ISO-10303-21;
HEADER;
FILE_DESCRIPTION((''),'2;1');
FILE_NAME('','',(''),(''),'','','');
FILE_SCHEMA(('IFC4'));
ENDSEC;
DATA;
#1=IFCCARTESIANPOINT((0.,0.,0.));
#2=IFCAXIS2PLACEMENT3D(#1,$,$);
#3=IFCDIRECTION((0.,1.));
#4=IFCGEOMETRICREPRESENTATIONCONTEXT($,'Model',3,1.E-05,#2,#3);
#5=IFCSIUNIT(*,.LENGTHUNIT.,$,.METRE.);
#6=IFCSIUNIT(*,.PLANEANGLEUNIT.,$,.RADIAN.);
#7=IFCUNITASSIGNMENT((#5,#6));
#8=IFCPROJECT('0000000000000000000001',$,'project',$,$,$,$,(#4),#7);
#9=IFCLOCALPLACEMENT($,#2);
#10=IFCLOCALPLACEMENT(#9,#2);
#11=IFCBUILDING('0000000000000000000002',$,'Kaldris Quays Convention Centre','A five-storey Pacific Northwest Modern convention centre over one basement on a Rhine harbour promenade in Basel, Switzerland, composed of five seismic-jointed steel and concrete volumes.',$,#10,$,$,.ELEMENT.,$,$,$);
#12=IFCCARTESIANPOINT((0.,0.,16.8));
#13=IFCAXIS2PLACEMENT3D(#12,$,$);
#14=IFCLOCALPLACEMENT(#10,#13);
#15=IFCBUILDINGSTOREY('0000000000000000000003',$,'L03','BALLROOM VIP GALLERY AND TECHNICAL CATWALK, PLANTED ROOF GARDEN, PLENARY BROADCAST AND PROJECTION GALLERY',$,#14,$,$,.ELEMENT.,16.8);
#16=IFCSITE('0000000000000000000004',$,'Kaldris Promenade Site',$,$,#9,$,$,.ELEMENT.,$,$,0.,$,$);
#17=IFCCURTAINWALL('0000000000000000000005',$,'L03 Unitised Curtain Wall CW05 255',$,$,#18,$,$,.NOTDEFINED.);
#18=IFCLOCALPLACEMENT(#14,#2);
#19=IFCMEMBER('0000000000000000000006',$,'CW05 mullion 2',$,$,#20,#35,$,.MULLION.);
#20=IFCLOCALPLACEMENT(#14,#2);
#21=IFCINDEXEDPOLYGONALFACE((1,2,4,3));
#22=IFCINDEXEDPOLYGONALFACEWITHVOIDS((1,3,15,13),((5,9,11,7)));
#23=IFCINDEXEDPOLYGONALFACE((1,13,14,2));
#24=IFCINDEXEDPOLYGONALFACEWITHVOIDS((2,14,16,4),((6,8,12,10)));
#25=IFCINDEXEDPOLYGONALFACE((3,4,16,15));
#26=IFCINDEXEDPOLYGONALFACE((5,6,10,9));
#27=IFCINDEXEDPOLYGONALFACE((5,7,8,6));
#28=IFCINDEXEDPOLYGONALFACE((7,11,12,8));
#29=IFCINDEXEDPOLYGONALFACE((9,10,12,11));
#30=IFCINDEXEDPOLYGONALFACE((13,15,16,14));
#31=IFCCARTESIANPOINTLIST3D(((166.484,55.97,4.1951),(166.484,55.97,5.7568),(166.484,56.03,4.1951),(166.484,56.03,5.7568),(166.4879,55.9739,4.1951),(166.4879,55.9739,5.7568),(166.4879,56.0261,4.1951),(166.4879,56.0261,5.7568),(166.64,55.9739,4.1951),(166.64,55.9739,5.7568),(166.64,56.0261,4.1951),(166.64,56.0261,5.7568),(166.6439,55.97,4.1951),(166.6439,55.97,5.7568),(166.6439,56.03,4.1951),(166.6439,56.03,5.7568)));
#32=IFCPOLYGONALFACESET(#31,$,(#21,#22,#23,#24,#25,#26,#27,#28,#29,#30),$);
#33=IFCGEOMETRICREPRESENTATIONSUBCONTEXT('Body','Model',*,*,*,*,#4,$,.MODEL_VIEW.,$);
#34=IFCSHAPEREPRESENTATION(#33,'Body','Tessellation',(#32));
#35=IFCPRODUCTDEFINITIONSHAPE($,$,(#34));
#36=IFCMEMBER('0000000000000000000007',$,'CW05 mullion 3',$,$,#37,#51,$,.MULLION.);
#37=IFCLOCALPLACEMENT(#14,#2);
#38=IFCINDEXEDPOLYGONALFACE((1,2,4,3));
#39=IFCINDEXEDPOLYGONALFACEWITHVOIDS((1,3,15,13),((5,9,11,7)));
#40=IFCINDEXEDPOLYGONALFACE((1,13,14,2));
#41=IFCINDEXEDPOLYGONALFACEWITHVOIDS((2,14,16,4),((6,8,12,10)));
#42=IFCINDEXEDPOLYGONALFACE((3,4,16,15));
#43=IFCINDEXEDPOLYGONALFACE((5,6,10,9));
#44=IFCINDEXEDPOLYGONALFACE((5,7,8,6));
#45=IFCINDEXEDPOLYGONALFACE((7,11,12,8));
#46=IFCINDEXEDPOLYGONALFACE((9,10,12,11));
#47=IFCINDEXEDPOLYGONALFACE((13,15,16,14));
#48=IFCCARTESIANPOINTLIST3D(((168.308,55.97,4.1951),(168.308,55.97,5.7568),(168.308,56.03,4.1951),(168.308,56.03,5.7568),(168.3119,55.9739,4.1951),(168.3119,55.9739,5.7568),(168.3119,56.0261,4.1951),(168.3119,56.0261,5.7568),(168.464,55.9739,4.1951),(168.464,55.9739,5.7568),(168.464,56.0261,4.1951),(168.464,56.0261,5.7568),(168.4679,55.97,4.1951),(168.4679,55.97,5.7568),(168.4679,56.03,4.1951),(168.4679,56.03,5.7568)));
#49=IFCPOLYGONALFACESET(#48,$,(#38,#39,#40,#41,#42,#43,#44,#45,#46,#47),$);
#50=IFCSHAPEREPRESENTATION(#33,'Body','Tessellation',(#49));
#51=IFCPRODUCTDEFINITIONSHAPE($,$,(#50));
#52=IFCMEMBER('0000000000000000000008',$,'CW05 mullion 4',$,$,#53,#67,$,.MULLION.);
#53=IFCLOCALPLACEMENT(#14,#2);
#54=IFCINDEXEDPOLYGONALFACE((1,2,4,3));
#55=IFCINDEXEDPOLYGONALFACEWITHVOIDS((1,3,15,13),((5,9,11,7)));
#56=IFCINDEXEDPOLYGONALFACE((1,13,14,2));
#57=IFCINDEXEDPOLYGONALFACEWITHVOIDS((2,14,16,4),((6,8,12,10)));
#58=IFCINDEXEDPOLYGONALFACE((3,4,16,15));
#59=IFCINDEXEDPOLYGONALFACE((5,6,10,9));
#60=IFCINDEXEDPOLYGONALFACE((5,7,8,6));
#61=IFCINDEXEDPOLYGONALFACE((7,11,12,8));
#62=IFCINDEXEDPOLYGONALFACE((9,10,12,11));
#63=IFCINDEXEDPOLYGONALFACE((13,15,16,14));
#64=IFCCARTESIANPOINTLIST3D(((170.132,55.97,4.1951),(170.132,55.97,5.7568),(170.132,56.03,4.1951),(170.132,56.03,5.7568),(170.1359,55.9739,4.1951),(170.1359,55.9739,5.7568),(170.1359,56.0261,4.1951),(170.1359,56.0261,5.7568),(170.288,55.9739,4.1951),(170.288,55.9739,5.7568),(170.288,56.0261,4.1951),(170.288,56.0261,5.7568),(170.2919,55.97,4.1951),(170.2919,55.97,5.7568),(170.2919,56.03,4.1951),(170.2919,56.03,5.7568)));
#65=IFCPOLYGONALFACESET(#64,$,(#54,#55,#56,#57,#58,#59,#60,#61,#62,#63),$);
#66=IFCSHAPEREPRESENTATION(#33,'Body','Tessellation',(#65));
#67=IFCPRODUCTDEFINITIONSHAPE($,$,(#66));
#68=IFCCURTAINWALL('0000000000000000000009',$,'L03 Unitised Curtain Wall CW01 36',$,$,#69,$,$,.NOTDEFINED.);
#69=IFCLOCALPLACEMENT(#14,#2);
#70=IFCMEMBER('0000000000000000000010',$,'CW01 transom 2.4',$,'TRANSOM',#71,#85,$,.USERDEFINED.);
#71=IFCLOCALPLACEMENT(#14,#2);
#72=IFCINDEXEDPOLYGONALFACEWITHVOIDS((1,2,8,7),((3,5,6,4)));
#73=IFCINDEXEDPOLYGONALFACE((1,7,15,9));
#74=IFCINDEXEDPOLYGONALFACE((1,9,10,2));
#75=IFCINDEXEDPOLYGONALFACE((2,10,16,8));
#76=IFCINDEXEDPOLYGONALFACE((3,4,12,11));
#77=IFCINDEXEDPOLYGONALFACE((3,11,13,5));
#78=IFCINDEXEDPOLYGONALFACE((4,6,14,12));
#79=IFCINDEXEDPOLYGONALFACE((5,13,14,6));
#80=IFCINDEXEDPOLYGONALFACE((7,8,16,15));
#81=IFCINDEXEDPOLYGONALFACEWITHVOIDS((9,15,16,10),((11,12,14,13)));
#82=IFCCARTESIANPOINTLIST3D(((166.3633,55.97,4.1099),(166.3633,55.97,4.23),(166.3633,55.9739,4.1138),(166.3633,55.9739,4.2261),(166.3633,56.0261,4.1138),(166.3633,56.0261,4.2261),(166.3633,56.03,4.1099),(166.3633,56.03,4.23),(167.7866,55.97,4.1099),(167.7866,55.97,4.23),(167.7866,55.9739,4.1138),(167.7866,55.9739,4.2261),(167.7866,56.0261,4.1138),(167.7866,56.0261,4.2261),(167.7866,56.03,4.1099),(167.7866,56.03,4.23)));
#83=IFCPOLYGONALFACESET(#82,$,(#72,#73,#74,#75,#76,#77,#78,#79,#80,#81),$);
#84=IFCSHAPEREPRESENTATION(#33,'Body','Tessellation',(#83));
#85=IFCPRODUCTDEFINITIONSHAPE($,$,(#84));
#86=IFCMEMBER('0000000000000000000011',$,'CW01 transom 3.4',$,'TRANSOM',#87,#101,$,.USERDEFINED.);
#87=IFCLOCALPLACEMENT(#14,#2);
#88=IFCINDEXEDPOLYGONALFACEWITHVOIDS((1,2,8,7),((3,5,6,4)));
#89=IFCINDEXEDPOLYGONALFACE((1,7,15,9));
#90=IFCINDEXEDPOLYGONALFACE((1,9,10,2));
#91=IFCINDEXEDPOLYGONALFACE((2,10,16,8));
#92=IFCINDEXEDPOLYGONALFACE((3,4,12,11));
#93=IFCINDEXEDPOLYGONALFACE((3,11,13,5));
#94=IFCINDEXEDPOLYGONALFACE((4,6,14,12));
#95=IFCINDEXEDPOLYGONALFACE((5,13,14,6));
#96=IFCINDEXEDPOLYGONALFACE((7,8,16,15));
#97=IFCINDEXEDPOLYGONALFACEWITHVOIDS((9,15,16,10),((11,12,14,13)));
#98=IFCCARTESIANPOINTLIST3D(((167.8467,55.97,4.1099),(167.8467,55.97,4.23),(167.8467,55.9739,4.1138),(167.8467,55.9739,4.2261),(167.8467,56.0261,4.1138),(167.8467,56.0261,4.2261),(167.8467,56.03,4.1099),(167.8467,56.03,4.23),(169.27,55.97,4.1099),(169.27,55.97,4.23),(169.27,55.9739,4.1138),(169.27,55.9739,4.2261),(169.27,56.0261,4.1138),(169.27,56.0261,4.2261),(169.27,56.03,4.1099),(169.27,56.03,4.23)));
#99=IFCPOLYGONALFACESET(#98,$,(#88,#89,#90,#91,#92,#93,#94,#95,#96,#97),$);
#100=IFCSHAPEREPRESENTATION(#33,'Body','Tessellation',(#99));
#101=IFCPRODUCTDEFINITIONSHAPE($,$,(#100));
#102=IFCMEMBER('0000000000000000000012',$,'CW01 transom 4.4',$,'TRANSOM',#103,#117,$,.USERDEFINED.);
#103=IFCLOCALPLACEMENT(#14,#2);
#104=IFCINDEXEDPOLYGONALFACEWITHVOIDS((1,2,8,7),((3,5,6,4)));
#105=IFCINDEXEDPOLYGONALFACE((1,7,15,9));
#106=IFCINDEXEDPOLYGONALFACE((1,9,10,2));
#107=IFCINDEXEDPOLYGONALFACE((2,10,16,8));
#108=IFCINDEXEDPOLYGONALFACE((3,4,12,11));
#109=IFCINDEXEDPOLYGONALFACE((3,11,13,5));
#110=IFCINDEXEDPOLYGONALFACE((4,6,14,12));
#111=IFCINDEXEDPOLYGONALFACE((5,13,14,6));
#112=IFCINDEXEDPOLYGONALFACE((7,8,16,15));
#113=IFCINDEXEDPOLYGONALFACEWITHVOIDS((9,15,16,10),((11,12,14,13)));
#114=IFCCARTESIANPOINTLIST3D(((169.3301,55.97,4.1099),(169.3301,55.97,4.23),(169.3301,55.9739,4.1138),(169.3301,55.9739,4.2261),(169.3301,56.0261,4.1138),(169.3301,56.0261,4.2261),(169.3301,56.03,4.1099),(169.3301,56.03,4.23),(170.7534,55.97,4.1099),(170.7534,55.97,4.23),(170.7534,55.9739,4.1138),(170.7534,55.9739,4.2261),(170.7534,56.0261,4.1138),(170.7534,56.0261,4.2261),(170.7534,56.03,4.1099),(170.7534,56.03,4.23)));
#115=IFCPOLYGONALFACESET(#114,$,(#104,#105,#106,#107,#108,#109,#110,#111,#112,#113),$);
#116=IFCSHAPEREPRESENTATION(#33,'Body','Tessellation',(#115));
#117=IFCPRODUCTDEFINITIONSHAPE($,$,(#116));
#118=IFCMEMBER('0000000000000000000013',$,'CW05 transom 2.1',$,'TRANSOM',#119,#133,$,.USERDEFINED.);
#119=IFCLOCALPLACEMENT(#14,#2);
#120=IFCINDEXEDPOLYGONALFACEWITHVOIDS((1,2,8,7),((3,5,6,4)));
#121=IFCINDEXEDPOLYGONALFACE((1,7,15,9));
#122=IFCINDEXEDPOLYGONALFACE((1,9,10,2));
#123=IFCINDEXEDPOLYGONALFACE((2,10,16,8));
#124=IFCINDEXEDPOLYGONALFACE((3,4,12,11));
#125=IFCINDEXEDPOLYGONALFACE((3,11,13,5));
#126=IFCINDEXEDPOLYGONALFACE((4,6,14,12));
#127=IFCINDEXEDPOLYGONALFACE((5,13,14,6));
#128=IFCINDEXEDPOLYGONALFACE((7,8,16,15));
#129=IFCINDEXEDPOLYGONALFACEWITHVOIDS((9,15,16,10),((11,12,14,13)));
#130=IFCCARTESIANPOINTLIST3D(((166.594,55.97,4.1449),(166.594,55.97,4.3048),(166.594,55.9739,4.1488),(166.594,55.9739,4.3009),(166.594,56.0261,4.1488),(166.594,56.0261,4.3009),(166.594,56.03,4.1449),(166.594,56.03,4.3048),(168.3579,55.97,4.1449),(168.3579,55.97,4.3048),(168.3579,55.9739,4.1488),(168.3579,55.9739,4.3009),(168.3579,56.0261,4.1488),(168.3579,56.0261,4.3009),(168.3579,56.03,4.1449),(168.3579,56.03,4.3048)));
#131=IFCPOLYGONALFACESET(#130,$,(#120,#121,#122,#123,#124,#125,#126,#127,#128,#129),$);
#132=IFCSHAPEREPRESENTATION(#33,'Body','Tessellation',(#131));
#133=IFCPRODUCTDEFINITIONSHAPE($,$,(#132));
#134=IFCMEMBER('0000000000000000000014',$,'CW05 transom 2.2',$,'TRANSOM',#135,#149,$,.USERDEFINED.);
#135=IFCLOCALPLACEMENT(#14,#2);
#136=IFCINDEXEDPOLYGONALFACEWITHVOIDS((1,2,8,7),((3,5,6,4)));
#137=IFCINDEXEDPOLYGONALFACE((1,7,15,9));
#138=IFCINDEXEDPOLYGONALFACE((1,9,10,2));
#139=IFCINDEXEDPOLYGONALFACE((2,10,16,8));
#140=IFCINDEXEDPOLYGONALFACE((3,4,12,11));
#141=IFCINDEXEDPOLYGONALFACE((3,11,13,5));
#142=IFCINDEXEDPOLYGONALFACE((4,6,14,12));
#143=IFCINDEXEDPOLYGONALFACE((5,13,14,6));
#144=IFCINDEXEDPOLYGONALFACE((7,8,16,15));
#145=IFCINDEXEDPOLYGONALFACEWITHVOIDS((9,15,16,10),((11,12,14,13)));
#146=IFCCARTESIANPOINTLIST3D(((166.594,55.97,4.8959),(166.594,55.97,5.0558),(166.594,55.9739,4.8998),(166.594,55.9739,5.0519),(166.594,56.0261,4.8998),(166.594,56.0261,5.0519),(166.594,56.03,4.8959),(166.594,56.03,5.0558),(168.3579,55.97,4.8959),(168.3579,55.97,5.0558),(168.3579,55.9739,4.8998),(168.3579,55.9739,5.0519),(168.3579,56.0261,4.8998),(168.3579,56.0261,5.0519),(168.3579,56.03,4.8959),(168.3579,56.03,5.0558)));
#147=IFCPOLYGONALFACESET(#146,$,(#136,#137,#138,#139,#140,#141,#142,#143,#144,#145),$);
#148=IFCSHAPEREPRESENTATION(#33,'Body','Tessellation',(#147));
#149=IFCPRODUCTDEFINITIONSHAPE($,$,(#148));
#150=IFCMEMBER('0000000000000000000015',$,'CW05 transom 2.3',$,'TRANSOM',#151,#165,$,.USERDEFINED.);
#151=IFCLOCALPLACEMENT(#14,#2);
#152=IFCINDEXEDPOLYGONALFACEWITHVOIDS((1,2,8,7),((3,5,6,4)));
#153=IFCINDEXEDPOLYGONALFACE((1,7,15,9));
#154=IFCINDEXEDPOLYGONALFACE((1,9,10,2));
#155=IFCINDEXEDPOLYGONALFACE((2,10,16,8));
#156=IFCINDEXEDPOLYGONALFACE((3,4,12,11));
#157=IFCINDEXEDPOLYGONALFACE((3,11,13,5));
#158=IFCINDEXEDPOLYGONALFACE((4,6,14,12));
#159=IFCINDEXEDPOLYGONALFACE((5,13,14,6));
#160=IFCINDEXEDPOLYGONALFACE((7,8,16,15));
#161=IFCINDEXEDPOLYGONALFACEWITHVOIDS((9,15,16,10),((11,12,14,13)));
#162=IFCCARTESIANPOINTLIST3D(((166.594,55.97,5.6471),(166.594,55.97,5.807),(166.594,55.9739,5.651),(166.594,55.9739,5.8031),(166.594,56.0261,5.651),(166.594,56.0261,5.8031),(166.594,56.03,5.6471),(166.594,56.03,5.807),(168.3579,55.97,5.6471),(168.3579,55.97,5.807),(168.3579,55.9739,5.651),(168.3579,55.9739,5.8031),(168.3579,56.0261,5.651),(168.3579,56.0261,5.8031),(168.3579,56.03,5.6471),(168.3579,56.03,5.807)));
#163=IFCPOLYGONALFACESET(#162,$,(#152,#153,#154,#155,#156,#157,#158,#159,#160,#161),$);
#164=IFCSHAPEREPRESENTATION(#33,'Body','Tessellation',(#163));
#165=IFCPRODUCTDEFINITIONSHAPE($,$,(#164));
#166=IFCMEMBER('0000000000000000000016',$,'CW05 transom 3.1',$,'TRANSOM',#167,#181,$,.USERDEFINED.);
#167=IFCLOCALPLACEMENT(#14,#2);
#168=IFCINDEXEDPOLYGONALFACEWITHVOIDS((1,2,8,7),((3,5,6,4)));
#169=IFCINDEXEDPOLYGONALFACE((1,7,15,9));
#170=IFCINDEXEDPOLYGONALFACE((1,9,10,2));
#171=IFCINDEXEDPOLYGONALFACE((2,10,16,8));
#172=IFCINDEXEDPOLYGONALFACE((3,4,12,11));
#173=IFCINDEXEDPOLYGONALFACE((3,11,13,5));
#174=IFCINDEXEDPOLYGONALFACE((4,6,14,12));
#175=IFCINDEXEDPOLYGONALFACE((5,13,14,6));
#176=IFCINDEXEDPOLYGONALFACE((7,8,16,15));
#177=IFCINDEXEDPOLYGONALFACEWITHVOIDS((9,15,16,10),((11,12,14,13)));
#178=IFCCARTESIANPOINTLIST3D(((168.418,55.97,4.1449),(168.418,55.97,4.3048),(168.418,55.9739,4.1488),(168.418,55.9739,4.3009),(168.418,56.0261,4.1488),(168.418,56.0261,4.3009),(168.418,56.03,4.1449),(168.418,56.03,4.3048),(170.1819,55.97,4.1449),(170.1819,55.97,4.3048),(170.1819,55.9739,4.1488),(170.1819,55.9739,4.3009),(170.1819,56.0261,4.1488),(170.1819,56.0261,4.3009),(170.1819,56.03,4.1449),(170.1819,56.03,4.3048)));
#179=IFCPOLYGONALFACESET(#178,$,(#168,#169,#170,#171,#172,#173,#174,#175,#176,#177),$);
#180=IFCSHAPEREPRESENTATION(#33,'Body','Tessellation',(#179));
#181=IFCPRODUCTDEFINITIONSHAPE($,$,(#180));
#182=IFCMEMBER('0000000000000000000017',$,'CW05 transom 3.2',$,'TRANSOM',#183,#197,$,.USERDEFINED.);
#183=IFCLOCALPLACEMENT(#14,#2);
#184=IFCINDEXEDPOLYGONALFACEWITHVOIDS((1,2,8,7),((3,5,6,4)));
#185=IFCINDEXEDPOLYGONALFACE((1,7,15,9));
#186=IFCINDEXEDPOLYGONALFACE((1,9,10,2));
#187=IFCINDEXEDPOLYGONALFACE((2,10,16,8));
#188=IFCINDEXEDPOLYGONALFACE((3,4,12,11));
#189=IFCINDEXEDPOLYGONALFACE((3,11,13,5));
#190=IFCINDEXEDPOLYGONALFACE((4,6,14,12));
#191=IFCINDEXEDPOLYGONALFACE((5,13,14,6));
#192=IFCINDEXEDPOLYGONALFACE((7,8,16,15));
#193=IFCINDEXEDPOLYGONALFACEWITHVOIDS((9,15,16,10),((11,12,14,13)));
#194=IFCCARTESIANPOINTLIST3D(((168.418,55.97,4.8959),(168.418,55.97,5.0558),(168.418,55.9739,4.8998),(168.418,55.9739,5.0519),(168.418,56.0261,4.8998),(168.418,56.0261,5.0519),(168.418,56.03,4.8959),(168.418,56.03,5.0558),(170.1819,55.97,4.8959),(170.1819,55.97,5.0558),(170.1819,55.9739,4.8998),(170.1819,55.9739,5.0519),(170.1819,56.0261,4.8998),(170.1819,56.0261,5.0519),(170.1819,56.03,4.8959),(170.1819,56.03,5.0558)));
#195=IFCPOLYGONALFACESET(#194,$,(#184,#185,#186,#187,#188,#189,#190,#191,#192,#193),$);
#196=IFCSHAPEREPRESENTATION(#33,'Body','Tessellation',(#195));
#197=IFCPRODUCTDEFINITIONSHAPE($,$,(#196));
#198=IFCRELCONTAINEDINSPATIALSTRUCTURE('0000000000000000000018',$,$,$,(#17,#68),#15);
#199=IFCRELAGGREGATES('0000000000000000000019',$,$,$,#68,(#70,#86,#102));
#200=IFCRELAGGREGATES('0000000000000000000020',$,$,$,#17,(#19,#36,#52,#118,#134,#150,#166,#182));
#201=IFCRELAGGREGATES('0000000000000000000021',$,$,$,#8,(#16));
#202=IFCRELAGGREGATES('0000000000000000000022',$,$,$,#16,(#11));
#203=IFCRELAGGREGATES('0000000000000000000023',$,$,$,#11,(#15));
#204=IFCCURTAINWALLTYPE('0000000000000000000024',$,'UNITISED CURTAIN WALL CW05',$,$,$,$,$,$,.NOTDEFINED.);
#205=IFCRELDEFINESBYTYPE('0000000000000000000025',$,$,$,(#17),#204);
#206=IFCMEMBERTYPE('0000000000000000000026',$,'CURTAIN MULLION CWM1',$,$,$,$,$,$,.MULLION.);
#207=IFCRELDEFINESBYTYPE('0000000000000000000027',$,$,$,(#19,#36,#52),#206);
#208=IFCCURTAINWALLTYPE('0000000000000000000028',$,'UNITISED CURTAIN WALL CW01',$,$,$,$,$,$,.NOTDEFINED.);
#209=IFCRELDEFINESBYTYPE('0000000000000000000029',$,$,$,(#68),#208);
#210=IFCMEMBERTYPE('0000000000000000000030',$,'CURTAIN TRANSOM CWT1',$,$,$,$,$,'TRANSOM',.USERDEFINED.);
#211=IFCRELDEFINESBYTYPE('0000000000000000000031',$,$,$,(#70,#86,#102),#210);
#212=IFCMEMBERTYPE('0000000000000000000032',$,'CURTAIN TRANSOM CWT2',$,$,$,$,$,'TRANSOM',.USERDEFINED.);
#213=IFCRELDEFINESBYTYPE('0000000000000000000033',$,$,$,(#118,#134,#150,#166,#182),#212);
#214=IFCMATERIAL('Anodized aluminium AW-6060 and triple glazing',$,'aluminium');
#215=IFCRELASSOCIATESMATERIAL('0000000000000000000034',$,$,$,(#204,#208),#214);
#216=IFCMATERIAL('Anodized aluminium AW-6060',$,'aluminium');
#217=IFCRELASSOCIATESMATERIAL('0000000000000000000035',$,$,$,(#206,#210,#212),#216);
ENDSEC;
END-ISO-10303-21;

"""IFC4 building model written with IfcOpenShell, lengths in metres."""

from ifc_helpers import new_model, si_unit, direction, frame, origin, origin_2d, place, context, subcontext, project, spatial, hollow_rectangle, extrude, material, material_profile, profile_set, type_object, element, aggregate, save


model = new_model("IFC4")

# Units and contexts
model_context = context("Model", 3, precision=1e-05, world=origin(), true_north=direction((0.0, 1.0)))
body_context = subcontext(model_context, "Body", "Model", "MODEL_VIEW")
ifc_project = project(units=[si_unit("LENGTHUNIT", "METRE"), si_unit("PLANEANGLEUNIT", "RADIAN")], contexts=[model_context])

# Site, building, storey
site_placement = place(None, origin())
site = spatial("IfcSite", under=ifc_project, at=site_placement, Name="Kaldris Promenade Site", CompositionType="ELEMENT", RefElevation=0.0)
building_placement = place(site_placement, origin())
building = spatial("IfcBuilding", under=site, at=building_placement, Name="Kaldris Quays Convention Centre", Description="A five-storey Pacific Northwest Modern convention centre over one basement on a Rhine harbour promenade in Basel, Switzerland, composed of five seismic-jointed steel and concrete volumes.", CompositionType="ELEMENT")
storey_placement = place(building_placement, frame((0.0, 0.0, 16.8)))
storey = spatial("IfcBuildingStorey", under=building, at=storey_placement, Name="L03", Description="BALLROOM VIP GALLERY AND TECHNICAL CATWALK, PLANTED ROOF GARDEN, PLENARY BROADCAST AND PROJECTION GALLERY", CompositionType="ELEMENT", Elevation=16.8)

# Curtain walls, members
ifc_material_1 = material(Name="Anodized aluminium AW-6060 and triple glazing", Category="aluminium")
curtain_wall_type_1 = type_object("IfcCurtainWallType", Name="UNITISED CURTAIN WALL CW05", PredefinedType="NOTDEFINED", material=ifc_material_1)
curtain_wall_1_placement = place(storey_placement, origin())
curtain_wall_1 = element("IfcCurtainWall", 1, at=curtain_wall_1_placement, inside=storey, type_object=curtain_wall_type_1, Name="L03 Unitised Curtain Wall CW05 255", PredefinedType="NOTDEFINED")
ifc_material_2 = material(Name="Anodized aluminium AW-6060", Category="aluminium")
ifc_material_profile_1 = material_profile(ifc_material_2, hollow_rectangle(XDim=0.0601, YDim=0.1599, WallThickness=0.0039, at=origin_2d()), Name="RHS 160x60x4")
ifc_profile_set_1 = profile_set([ifc_material_profile_1], Name="Anodized aluminium AW-6060")
member_type_1 = type_object("IfcMemberType", Name="CURTAIN MULLION CWM1", PredefinedType="MULLION", material=ifc_profile_set_1)
member_1_placement = place(storey_placement, frame((166.564, 56.0, 4.1951), z_axis=(0.0, 0.0, 1.0), x_axis=(0.0, 1.0, 0.0)))
member_1 = element("IfcMember", 2, at=member_1_placement, type_object=member_type_1, Name="CW05 mullion 2", PredefinedType="MULLION", context=body_context, shape_type="SweptSolid", body=[
    extrude(hollow_rectangle(XDim=0.0601, YDim=0.1599, WallThickness=0.0039, at=origin_2d()), origin(), (0.0, 0.0, 1.0), 1.5618),
])
member_2_placement = place(storey_placement, frame((168.3879, 56.0, 4.1951), z_axis=(0.0, 0.0, 1.0), x_axis=(0.0, 1.0, 0.0)))
member_2 = element("IfcMember", 3, at=member_2_placement, type_object=member_type_1, Name="CW05 mullion 3", PredefinedType="MULLION", context=body_context, shape_type="SweptSolid", body=[
    extrude(hollow_rectangle(XDim=0.0601, YDim=0.1599, WallThickness=0.0039, at=origin_2d()), origin(), (0.0, 0.0, 1.0), 1.5618),
])
member_3_placement = place(storey_placement, frame((170.2119, 56.0, 4.1951), z_axis=(0.0, 0.0, 1.0), x_axis=(0.0, 1.0, 0.0)))
member_3 = element("IfcMember", 4, at=member_3_placement, type_object=member_type_1, Name="CW05 mullion 4", PredefinedType="MULLION", context=body_context, shape_type="SweptSolid", body=[
    extrude(hollow_rectangle(XDim=0.0601, YDim=0.1599, WallThickness=0.0039, at=origin_2d()), origin(), (0.0, 0.0, 1.0), 1.5618),
])
curtain_wall_type_2 = type_object("IfcCurtainWallType", Name="UNITISED CURTAIN WALL CW01", PredefinedType="NOTDEFINED", material=ifc_material_1)
curtain_wall_2_placement = place(storey_placement, origin())
curtain_wall_2 = element("IfcCurtainWall", 5, at=curtain_wall_2_placement, inside=storey, type_object=curtain_wall_type_2, Name="L03 Unitised Curtain Wall CW01 36", PredefinedType="NOTDEFINED")
ifc_material_profile_2 = material_profile(ifc_material_2, hollow_rectangle(XDim=0.0601, YDim=0.1201, WallThickness=0.0039, at=origin_2d()), Name="RHS 120x60x4")
ifc_profile_set_2 = profile_set([ifc_material_profile_2], Name="Anodized aluminium AW-6060")
member_type_2 = type_object("IfcMemberType", Name="CURTAIN TRANSOM CWT1", ElementType="TRANSOM", PredefinedType="USERDEFINED", material=ifc_profile_set_2)
member_4_placement = place(storey_placement, frame((166.3633, 56.0, 4.1699), z_axis=(1.0, 0.0, 0.0), x_axis=(0.0, 1.0, 0.0)))
member_4 = element("IfcMember", 6, at=member_4_placement, type_object=member_type_2, Name="CW01 transom 2.4", ObjectType="TRANSOM", PredefinedType="USERDEFINED", context=body_context, shape_type="SweptSolid", body=[
    extrude(hollow_rectangle(XDim=0.0601, YDim=0.1201, WallThickness=0.0039, at=origin_2d()), origin(), (0.0, 0.0, 1.0), 1.4233),
])
member_5_placement = place(storey_placement, frame((167.8467, 56.0, 4.1699), z_axis=(1.0, 0.0, 0.0), x_axis=(0.0, 1.0, 0.0)))
member_5 = element("IfcMember", 7, at=member_5_placement, type_object=member_type_2, Name="CW01 transom 3.4", ObjectType="TRANSOM", PredefinedType="USERDEFINED", context=body_context, shape_type="SweptSolid", body=[
    extrude(hollow_rectangle(XDim=0.0601, YDim=0.1201, WallThickness=0.0039, at=origin_2d()), origin(), (0.0, 0.0, 1.0), 1.4233),
])
member_6_placement = place(storey_placement, frame((169.3301, 56.0, 4.1699), z_axis=(1.0, 0.0, 0.0), x_axis=(0.0, 1.0, 0.0)))
member_6 = element("IfcMember", 8, at=member_6_placement, type_object=member_type_2, Name="CW01 transom 4.4", ObjectType="TRANSOM", PredefinedType="USERDEFINED", context=body_context, shape_type="SweptSolid", body=[
    extrude(hollow_rectangle(XDim=0.0601, YDim=0.1201, WallThickness=0.0039, at=origin_2d()), origin(), (0.0, 0.0, 1.0), 1.4233),
])

# Members
ifc_material_profile_3 = material_profile(ifc_material_2, hollow_rectangle(XDim=0.0601, YDim=0.1599, WallThickness=0.0039, at=origin_2d()), Name="RHS 160x60x4")
ifc_profile_set_3 = profile_set([ifc_material_profile_3], Name="Anodized aluminium AW-6060")
member_type_3 = type_object("IfcMemberType", Name="CURTAIN TRANSOM CWT2", ElementType="TRANSOM", PredefinedType="USERDEFINED", material=ifc_profile_set_3)
member_7_placement = place(storey_placement, frame((166.594, 56.0, 4.2249), z_axis=(1.0, 0.0, 0.0), x_axis=(0.0, 1.0, 0.0)))
member_7 = element("IfcMember", 9, at=member_7_placement, type_object=member_type_3, Name="CW05 transom 2.1", ObjectType="TRANSOM", PredefinedType="USERDEFINED", context=body_context, shape_type="SweptSolid", body=[
    extrude(hollow_rectangle(XDim=0.0601, YDim=0.1599, WallThickness=0.0039, at=origin_2d()), origin(), (0.0, 0.0, 1.0), 1.7639),
])
member_8_placement = place(storey_placement, frame((166.594, 56.0, 4.9758), z_axis=(1.0, 0.0, 0.0), x_axis=(0.0, 1.0, 0.0)))
member_8 = element("IfcMember", 10, at=member_8_placement, type_object=member_type_3, Name="CW05 transom 2.2", ObjectType="TRANSOM", PredefinedType="USERDEFINED", context=body_context, shape_type="SweptSolid", body=[
    extrude(hollow_rectangle(XDim=0.0601, YDim=0.1599, WallThickness=0.0039, at=origin_2d()), origin(), (0.0, 0.0, 1.0), 1.7639),
])
member_9_placement = place(storey_placement, frame((166.594, 56.0, 5.7271), z_axis=(1.0, 0.0, 0.0), x_axis=(0.0, 1.0, 0.0)))
member_9 = element("IfcMember", 11, at=member_9_placement, type_object=member_type_3, Name="CW05 transom 2.3", ObjectType="TRANSOM", PredefinedType="USERDEFINED", context=body_context, shape_type="SweptSolid", body=[
    extrude(hollow_rectangle(XDim=0.0601, YDim=0.1599, WallThickness=0.0039, at=origin_2d()), origin(), (0.0, 0.0, 1.0), 1.7639),
])
member_10_placement = place(storey_placement, frame((168.418, 56.0, 4.2249), z_axis=(1.0, 0.0, 0.0), x_axis=(0.0, 1.0, 0.0)))
member_10 = element("IfcMember", 12, at=member_10_placement, type_object=member_type_3, Name="CW05 transom 3.1", ObjectType="TRANSOM", PredefinedType="USERDEFINED", context=body_context, shape_type="SweptSolid", body=[
    extrude(hollow_rectangle(XDim=0.0601, YDim=0.1599, WallThickness=0.0039, at=origin_2d()), origin(), (0.0, 0.0, 1.0), 1.7639),
])
member_11_placement = place(storey_placement, frame((168.418, 56.0, 4.9758), z_axis=(1.0, 0.0, 0.0), x_axis=(0.0, 1.0, 0.0)))
member_11 = element("IfcMember", 13, at=member_11_placement, type_object=member_type_3, Name="CW05 transom 3.2", ObjectType="TRANSOM", PredefinedType="USERDEFINED", context=body_context, shape_type="SweptSolid", body=[
    extrude(hollow_rectangle(XDim=0.0601, YDim=0.1599, WallThickness=0.0039, at=origin_2d()), origin(), (0.0, 0.0, 1.0), 1.7639),
])

aggregate(curtain_wall_2, [member_4, member_5, member_6])
aggregate(curtain_wall_1, [member_1, member_2, member_3, member_7, member_8, member_9, member_10, member_11])

save(model, "model.ifc")
